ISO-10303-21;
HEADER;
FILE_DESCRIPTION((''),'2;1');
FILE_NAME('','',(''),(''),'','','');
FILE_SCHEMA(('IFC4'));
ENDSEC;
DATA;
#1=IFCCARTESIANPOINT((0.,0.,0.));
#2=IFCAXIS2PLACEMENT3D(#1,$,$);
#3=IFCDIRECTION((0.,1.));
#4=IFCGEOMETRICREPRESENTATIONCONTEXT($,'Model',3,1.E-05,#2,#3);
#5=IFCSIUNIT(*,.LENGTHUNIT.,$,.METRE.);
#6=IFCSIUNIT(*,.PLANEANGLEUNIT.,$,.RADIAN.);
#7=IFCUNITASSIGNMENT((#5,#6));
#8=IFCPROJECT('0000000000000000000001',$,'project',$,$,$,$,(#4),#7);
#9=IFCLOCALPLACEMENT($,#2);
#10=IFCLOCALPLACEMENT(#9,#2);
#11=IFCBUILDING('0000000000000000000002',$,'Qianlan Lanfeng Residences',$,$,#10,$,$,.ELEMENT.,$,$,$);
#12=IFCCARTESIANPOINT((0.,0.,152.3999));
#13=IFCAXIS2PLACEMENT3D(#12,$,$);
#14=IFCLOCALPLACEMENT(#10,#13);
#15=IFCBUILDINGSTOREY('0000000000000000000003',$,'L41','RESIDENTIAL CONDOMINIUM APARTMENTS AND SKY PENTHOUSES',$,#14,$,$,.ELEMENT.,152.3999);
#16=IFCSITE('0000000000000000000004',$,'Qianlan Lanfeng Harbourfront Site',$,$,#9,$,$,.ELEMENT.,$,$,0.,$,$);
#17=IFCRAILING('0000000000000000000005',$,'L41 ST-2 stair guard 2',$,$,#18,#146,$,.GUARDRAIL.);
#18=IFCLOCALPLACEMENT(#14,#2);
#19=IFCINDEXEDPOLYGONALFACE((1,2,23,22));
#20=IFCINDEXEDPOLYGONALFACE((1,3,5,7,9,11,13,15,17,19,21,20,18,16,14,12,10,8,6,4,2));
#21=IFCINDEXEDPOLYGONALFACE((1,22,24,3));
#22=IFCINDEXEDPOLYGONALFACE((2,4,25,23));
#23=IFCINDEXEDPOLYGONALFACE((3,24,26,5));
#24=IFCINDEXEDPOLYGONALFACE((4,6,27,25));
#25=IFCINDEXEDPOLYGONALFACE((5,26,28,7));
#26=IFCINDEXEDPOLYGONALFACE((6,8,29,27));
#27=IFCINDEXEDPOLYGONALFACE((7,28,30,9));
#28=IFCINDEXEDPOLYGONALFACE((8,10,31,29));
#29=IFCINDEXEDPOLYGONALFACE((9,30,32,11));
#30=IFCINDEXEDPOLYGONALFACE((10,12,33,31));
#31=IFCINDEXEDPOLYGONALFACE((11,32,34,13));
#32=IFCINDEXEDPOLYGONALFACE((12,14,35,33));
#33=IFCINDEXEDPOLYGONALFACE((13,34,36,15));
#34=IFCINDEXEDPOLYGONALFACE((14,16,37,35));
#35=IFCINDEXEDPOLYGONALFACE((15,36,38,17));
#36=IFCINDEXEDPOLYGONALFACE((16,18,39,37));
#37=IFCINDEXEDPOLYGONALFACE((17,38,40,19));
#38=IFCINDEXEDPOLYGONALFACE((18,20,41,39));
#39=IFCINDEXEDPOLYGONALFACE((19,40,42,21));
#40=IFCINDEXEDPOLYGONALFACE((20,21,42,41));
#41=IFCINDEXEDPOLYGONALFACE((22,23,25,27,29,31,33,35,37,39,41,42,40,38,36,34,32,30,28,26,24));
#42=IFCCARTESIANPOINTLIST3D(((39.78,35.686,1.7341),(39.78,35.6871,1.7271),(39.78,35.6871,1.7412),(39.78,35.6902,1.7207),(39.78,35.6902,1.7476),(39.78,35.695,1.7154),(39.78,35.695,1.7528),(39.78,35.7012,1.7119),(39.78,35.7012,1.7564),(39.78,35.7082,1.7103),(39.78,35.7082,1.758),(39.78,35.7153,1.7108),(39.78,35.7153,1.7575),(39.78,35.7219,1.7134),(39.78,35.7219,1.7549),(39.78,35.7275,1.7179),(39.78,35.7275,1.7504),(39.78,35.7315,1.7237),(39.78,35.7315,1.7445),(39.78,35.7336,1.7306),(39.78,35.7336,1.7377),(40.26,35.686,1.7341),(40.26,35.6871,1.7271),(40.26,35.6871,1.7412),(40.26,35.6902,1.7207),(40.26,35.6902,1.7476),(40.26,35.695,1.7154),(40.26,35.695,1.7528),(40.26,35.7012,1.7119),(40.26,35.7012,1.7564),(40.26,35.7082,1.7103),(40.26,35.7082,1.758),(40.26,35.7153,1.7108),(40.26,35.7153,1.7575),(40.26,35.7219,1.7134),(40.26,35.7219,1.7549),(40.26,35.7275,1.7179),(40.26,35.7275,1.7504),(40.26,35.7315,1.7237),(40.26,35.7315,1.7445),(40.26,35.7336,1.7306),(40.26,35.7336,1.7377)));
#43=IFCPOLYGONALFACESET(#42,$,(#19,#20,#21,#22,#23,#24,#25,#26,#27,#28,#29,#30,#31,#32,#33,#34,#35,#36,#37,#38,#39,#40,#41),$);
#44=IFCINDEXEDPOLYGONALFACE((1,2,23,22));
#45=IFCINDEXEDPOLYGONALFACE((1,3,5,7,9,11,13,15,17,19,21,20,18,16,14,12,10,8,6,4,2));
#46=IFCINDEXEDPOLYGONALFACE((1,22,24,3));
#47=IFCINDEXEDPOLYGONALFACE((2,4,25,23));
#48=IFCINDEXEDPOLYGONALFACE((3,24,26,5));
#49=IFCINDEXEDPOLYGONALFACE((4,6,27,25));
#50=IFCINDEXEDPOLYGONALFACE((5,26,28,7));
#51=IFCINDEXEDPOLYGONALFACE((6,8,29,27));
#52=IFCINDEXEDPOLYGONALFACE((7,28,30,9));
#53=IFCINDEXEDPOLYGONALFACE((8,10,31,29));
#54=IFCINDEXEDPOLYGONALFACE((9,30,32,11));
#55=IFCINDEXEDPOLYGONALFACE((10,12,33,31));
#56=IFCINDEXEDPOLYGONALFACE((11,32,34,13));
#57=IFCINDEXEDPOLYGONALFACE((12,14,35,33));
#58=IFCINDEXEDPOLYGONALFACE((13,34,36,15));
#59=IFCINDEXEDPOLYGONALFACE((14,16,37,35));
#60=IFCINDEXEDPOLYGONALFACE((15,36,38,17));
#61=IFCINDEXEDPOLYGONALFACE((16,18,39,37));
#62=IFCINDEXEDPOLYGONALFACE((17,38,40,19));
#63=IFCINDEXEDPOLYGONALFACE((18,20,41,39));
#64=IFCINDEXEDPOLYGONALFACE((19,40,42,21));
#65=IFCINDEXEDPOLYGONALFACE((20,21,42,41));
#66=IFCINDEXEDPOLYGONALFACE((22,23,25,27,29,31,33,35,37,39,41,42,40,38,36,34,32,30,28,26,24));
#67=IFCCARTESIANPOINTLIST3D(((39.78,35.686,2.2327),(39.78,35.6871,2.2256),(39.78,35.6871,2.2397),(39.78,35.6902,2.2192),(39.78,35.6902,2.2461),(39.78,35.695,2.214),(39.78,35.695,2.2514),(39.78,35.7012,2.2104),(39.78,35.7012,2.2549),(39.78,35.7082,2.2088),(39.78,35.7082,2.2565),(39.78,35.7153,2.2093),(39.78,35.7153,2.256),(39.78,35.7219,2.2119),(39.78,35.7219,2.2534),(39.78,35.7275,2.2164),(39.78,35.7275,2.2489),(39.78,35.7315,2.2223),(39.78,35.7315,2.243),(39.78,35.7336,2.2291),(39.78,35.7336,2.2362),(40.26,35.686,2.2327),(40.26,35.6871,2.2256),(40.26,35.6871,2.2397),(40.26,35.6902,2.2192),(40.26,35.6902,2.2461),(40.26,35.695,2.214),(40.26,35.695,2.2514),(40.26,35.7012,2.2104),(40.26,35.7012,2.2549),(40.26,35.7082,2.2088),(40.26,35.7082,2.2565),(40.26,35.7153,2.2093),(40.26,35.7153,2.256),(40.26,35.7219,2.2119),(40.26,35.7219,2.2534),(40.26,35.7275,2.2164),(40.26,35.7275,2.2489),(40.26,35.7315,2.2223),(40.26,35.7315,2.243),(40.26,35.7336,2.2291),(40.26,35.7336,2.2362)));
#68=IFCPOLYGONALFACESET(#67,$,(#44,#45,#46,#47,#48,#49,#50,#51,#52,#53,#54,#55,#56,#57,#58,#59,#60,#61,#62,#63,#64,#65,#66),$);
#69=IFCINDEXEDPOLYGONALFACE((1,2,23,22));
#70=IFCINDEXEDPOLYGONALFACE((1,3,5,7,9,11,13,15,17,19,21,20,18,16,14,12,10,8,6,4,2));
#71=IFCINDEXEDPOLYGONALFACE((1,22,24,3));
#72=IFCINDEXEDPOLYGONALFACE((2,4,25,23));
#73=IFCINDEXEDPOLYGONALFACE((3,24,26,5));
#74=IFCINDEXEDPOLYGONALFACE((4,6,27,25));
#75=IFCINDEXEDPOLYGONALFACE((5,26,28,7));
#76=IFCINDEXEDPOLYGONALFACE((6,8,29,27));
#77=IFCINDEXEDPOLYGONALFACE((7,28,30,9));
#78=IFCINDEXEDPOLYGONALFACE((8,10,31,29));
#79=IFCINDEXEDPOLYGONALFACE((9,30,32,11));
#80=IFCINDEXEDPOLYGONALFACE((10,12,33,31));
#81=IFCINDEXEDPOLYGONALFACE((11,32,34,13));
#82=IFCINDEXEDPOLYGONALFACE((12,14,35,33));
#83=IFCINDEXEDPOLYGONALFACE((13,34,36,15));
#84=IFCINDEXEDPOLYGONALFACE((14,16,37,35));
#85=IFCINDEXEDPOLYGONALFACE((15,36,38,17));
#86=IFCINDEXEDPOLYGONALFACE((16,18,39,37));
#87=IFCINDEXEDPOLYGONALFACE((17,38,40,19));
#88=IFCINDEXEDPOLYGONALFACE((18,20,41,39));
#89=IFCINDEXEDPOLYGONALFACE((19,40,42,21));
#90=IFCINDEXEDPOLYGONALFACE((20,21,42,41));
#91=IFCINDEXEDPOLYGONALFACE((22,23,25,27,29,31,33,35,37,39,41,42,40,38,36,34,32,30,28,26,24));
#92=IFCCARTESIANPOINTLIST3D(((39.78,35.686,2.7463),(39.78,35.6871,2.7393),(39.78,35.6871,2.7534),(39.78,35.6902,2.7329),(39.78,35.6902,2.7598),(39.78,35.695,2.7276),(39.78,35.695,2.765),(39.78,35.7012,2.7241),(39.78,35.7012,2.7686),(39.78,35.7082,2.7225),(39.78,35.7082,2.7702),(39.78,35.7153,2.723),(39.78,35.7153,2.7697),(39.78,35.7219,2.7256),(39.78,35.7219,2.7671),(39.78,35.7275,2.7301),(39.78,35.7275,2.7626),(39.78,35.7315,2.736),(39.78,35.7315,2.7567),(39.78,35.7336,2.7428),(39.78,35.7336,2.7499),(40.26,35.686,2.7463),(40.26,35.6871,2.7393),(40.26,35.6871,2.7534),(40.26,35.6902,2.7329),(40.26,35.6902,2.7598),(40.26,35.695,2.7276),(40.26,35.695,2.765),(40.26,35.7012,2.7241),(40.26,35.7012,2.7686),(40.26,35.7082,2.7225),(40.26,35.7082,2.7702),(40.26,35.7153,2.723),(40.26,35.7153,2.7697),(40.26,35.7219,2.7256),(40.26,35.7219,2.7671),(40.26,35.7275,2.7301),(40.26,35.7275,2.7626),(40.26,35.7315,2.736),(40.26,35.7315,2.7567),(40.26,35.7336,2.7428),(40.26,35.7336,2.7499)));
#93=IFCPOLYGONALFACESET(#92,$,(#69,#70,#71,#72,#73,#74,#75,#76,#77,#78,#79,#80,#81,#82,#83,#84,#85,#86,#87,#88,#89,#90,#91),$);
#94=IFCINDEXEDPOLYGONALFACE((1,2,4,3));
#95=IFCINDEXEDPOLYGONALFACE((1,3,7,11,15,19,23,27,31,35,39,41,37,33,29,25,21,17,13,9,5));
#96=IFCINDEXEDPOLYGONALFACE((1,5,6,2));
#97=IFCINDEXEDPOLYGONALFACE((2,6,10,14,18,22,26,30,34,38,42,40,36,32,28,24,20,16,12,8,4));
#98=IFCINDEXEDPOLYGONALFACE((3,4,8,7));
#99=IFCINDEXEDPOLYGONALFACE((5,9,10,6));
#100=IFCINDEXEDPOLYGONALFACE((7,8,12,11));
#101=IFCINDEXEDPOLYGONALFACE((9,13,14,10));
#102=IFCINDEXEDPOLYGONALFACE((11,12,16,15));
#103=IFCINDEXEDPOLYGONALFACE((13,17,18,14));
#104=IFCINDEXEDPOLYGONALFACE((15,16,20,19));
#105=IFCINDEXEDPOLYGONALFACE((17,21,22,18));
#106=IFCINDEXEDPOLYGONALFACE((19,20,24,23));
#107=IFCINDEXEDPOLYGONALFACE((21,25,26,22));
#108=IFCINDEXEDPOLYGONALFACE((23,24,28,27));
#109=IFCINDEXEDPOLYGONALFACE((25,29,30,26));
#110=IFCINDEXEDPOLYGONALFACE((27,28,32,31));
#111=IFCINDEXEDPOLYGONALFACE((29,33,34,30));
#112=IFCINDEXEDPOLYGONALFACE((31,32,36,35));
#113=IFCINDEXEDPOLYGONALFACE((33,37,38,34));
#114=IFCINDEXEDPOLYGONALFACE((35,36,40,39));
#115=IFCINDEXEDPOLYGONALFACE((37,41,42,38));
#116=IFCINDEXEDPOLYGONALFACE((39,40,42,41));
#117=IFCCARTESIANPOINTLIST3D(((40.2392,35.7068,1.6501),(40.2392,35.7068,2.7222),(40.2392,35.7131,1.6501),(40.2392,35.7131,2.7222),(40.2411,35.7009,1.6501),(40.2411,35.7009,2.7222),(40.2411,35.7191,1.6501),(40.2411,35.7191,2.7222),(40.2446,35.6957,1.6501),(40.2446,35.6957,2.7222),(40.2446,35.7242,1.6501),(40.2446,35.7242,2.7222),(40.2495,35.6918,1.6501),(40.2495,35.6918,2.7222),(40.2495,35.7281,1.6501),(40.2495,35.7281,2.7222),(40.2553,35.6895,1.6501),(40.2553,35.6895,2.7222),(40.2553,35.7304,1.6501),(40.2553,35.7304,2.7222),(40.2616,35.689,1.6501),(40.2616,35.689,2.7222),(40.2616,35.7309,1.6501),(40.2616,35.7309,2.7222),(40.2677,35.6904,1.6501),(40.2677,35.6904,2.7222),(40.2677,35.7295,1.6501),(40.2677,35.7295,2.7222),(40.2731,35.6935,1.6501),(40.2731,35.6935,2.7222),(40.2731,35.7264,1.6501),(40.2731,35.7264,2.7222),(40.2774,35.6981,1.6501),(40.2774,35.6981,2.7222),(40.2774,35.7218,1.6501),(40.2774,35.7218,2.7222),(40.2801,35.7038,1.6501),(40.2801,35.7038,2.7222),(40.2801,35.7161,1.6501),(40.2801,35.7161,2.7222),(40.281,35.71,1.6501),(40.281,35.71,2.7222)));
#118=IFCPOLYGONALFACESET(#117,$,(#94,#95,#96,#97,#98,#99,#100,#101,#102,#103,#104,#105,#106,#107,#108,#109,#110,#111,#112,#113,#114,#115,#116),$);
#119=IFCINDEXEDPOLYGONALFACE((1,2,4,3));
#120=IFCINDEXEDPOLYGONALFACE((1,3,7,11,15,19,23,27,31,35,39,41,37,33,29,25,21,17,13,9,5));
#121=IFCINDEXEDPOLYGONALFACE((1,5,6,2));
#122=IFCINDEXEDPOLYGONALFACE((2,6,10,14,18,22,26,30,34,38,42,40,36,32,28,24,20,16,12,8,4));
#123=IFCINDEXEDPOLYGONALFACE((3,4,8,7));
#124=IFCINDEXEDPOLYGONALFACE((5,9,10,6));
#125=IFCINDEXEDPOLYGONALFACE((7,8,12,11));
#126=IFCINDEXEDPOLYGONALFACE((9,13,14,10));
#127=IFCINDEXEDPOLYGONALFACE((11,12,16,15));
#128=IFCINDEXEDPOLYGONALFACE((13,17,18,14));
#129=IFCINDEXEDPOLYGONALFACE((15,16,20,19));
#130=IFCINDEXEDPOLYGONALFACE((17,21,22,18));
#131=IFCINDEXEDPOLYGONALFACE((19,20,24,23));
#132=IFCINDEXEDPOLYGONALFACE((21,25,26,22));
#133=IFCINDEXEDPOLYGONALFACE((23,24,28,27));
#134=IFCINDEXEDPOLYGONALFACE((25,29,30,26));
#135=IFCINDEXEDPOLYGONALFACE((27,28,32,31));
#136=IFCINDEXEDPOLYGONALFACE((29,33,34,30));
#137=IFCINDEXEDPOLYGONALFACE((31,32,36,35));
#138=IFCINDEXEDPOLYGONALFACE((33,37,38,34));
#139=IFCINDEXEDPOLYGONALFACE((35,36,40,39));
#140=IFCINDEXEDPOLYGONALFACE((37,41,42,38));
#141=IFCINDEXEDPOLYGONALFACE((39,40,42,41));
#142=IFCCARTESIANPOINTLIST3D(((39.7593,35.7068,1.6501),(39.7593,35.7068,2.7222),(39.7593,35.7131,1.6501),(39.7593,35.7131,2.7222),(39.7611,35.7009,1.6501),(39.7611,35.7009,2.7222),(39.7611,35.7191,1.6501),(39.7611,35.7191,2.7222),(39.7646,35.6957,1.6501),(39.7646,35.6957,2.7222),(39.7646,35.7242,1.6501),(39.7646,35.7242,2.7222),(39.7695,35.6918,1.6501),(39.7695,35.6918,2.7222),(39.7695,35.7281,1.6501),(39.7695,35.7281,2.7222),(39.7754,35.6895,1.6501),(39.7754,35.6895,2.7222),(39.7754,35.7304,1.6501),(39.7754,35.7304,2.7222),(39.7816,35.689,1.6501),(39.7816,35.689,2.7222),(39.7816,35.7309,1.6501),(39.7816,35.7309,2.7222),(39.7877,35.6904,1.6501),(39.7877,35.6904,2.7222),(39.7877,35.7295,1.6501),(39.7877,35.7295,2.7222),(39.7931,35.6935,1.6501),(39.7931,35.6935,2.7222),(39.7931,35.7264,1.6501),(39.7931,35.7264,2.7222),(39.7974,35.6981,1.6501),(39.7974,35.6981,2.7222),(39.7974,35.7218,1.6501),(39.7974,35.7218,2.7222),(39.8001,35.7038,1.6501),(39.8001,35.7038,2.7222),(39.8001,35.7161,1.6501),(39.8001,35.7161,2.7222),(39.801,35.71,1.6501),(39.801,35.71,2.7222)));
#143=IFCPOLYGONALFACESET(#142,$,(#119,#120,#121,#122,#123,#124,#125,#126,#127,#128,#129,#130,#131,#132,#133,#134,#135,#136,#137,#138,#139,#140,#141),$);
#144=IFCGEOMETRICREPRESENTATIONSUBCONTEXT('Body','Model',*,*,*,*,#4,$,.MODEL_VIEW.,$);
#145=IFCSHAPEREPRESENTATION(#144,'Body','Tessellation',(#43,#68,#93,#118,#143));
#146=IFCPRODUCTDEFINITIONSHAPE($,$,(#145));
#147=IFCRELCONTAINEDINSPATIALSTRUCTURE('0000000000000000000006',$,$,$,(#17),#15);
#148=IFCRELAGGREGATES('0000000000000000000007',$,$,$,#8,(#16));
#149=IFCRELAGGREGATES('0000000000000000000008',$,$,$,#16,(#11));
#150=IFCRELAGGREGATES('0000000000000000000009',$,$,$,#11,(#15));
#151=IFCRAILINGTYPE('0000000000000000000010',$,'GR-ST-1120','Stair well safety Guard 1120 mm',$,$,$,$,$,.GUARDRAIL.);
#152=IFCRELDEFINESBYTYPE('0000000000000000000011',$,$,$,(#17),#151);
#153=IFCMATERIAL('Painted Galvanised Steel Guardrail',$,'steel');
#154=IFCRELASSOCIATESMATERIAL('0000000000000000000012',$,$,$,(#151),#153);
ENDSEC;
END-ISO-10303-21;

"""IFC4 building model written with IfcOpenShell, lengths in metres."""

from ifc_helpers import new_model, si_unit, direction, frame, origin, origin_2d, place, context, subcontext, project, spatial, circle, extrude, material, type_object, element, save


model = new_model("IFC4")

# Units and contexts
model_context = context("Model", 3, precision=1e-05, world=origin(), true_north=direction((0.0, 1.0)))
body_context = subcontext(model_context, "Body", "Model", "MODEL_VIEW")
ifc_project = project(units=[si_unit("LENGTHUNIT", "METRE"), si_unit("PLANEANGLEUNIT", "RADIAN")], contexts=[model_context])

# Site, building, storey
site_placement = place(None, origin())
site = spatial("IfcSite", under=ifc_project, at=site_placement, Name="Qianlan Lanfeng Harbourfront Site", CompositionType="ELEMENT", RefElevation=0.0)
building_placement = place(site_placement, origin())
building = spatial("IfcBuilding", under=site, at=building_placement, Name="Qianlan Lanfeng Residences", CompositionType="ELEMENT")
storey_placement = place(building_placement, frame((0.0, 0.0, 152.3999)))
storey = spatial("IfcBuildingStorey", under=building, at=storey_placement, Name="L41", Description="RESIDENTIAL CONDOMINIUM APARTMENTS AND SKY PENTHOUSES", CompositionType="ELEMENT", Elevation=152.3999)

# Railing
ifc_material_1 = material(Name="Painted Galvanised Steel Guardrail", Category="steel")
railing_type_1 = type_object("IfcRailingType", Name="GR-ST-1120", Description="Stair well safety Guard 1120 mm", PredefinedType="GUARDRAIL", material=ifc_material_1)
railing_1_placement = place(storey_placement, frame((40.26, 35.71, 1.6501)))
element("IfcRailing", 1, at=railing_1_placement, inside=storey, type_object=railing_type_1, Name="L41 ST-2 stair guard 2", PredefinedType="GUARDRAIL", context=body_context, shape_type="SweptSolid", body=[
    extrude(circle(Radius=0.0239, at=origin_2d()), frame((0.0, 0.0, 0.084), z_axis=(-1.0, 0.0, 0.0), x_axis=(0.0, -1.0, 0.0)), (0.0, 0.0, 1.0), 0.48),
    extrude(circle(Radius=0.0239, at=origin_2d()), frame((0.0, 0.0, 0.5825), z_axis=(-1.0, 0.0, 0.0), x_axis=(0.0, -1.0, 0.0)), (0.0, 0.0, 1.0), 0.48),
    extrude(circle(Radius=0.0239, at=origin_2d()), frame((0.0, 0.0, 1.0962), z_axis=(-1.0, 0.0, 0.0), x_axis=(0.0, -1.0, 0.0)), (0.0, 0.0, 1.0), 0.48),
    extrude(circle(Radius=0.021, at=origin_2d()), origin(), (0.0, 0.0, 1.0), 1.072),
    extrude(circle(Radius=0.021, at=origin_2d()), frame((-0.48, 0.0, 0.0)), (0.0, 0.0, 1.0), 1.072),
])

save(model, "model.ifc")
